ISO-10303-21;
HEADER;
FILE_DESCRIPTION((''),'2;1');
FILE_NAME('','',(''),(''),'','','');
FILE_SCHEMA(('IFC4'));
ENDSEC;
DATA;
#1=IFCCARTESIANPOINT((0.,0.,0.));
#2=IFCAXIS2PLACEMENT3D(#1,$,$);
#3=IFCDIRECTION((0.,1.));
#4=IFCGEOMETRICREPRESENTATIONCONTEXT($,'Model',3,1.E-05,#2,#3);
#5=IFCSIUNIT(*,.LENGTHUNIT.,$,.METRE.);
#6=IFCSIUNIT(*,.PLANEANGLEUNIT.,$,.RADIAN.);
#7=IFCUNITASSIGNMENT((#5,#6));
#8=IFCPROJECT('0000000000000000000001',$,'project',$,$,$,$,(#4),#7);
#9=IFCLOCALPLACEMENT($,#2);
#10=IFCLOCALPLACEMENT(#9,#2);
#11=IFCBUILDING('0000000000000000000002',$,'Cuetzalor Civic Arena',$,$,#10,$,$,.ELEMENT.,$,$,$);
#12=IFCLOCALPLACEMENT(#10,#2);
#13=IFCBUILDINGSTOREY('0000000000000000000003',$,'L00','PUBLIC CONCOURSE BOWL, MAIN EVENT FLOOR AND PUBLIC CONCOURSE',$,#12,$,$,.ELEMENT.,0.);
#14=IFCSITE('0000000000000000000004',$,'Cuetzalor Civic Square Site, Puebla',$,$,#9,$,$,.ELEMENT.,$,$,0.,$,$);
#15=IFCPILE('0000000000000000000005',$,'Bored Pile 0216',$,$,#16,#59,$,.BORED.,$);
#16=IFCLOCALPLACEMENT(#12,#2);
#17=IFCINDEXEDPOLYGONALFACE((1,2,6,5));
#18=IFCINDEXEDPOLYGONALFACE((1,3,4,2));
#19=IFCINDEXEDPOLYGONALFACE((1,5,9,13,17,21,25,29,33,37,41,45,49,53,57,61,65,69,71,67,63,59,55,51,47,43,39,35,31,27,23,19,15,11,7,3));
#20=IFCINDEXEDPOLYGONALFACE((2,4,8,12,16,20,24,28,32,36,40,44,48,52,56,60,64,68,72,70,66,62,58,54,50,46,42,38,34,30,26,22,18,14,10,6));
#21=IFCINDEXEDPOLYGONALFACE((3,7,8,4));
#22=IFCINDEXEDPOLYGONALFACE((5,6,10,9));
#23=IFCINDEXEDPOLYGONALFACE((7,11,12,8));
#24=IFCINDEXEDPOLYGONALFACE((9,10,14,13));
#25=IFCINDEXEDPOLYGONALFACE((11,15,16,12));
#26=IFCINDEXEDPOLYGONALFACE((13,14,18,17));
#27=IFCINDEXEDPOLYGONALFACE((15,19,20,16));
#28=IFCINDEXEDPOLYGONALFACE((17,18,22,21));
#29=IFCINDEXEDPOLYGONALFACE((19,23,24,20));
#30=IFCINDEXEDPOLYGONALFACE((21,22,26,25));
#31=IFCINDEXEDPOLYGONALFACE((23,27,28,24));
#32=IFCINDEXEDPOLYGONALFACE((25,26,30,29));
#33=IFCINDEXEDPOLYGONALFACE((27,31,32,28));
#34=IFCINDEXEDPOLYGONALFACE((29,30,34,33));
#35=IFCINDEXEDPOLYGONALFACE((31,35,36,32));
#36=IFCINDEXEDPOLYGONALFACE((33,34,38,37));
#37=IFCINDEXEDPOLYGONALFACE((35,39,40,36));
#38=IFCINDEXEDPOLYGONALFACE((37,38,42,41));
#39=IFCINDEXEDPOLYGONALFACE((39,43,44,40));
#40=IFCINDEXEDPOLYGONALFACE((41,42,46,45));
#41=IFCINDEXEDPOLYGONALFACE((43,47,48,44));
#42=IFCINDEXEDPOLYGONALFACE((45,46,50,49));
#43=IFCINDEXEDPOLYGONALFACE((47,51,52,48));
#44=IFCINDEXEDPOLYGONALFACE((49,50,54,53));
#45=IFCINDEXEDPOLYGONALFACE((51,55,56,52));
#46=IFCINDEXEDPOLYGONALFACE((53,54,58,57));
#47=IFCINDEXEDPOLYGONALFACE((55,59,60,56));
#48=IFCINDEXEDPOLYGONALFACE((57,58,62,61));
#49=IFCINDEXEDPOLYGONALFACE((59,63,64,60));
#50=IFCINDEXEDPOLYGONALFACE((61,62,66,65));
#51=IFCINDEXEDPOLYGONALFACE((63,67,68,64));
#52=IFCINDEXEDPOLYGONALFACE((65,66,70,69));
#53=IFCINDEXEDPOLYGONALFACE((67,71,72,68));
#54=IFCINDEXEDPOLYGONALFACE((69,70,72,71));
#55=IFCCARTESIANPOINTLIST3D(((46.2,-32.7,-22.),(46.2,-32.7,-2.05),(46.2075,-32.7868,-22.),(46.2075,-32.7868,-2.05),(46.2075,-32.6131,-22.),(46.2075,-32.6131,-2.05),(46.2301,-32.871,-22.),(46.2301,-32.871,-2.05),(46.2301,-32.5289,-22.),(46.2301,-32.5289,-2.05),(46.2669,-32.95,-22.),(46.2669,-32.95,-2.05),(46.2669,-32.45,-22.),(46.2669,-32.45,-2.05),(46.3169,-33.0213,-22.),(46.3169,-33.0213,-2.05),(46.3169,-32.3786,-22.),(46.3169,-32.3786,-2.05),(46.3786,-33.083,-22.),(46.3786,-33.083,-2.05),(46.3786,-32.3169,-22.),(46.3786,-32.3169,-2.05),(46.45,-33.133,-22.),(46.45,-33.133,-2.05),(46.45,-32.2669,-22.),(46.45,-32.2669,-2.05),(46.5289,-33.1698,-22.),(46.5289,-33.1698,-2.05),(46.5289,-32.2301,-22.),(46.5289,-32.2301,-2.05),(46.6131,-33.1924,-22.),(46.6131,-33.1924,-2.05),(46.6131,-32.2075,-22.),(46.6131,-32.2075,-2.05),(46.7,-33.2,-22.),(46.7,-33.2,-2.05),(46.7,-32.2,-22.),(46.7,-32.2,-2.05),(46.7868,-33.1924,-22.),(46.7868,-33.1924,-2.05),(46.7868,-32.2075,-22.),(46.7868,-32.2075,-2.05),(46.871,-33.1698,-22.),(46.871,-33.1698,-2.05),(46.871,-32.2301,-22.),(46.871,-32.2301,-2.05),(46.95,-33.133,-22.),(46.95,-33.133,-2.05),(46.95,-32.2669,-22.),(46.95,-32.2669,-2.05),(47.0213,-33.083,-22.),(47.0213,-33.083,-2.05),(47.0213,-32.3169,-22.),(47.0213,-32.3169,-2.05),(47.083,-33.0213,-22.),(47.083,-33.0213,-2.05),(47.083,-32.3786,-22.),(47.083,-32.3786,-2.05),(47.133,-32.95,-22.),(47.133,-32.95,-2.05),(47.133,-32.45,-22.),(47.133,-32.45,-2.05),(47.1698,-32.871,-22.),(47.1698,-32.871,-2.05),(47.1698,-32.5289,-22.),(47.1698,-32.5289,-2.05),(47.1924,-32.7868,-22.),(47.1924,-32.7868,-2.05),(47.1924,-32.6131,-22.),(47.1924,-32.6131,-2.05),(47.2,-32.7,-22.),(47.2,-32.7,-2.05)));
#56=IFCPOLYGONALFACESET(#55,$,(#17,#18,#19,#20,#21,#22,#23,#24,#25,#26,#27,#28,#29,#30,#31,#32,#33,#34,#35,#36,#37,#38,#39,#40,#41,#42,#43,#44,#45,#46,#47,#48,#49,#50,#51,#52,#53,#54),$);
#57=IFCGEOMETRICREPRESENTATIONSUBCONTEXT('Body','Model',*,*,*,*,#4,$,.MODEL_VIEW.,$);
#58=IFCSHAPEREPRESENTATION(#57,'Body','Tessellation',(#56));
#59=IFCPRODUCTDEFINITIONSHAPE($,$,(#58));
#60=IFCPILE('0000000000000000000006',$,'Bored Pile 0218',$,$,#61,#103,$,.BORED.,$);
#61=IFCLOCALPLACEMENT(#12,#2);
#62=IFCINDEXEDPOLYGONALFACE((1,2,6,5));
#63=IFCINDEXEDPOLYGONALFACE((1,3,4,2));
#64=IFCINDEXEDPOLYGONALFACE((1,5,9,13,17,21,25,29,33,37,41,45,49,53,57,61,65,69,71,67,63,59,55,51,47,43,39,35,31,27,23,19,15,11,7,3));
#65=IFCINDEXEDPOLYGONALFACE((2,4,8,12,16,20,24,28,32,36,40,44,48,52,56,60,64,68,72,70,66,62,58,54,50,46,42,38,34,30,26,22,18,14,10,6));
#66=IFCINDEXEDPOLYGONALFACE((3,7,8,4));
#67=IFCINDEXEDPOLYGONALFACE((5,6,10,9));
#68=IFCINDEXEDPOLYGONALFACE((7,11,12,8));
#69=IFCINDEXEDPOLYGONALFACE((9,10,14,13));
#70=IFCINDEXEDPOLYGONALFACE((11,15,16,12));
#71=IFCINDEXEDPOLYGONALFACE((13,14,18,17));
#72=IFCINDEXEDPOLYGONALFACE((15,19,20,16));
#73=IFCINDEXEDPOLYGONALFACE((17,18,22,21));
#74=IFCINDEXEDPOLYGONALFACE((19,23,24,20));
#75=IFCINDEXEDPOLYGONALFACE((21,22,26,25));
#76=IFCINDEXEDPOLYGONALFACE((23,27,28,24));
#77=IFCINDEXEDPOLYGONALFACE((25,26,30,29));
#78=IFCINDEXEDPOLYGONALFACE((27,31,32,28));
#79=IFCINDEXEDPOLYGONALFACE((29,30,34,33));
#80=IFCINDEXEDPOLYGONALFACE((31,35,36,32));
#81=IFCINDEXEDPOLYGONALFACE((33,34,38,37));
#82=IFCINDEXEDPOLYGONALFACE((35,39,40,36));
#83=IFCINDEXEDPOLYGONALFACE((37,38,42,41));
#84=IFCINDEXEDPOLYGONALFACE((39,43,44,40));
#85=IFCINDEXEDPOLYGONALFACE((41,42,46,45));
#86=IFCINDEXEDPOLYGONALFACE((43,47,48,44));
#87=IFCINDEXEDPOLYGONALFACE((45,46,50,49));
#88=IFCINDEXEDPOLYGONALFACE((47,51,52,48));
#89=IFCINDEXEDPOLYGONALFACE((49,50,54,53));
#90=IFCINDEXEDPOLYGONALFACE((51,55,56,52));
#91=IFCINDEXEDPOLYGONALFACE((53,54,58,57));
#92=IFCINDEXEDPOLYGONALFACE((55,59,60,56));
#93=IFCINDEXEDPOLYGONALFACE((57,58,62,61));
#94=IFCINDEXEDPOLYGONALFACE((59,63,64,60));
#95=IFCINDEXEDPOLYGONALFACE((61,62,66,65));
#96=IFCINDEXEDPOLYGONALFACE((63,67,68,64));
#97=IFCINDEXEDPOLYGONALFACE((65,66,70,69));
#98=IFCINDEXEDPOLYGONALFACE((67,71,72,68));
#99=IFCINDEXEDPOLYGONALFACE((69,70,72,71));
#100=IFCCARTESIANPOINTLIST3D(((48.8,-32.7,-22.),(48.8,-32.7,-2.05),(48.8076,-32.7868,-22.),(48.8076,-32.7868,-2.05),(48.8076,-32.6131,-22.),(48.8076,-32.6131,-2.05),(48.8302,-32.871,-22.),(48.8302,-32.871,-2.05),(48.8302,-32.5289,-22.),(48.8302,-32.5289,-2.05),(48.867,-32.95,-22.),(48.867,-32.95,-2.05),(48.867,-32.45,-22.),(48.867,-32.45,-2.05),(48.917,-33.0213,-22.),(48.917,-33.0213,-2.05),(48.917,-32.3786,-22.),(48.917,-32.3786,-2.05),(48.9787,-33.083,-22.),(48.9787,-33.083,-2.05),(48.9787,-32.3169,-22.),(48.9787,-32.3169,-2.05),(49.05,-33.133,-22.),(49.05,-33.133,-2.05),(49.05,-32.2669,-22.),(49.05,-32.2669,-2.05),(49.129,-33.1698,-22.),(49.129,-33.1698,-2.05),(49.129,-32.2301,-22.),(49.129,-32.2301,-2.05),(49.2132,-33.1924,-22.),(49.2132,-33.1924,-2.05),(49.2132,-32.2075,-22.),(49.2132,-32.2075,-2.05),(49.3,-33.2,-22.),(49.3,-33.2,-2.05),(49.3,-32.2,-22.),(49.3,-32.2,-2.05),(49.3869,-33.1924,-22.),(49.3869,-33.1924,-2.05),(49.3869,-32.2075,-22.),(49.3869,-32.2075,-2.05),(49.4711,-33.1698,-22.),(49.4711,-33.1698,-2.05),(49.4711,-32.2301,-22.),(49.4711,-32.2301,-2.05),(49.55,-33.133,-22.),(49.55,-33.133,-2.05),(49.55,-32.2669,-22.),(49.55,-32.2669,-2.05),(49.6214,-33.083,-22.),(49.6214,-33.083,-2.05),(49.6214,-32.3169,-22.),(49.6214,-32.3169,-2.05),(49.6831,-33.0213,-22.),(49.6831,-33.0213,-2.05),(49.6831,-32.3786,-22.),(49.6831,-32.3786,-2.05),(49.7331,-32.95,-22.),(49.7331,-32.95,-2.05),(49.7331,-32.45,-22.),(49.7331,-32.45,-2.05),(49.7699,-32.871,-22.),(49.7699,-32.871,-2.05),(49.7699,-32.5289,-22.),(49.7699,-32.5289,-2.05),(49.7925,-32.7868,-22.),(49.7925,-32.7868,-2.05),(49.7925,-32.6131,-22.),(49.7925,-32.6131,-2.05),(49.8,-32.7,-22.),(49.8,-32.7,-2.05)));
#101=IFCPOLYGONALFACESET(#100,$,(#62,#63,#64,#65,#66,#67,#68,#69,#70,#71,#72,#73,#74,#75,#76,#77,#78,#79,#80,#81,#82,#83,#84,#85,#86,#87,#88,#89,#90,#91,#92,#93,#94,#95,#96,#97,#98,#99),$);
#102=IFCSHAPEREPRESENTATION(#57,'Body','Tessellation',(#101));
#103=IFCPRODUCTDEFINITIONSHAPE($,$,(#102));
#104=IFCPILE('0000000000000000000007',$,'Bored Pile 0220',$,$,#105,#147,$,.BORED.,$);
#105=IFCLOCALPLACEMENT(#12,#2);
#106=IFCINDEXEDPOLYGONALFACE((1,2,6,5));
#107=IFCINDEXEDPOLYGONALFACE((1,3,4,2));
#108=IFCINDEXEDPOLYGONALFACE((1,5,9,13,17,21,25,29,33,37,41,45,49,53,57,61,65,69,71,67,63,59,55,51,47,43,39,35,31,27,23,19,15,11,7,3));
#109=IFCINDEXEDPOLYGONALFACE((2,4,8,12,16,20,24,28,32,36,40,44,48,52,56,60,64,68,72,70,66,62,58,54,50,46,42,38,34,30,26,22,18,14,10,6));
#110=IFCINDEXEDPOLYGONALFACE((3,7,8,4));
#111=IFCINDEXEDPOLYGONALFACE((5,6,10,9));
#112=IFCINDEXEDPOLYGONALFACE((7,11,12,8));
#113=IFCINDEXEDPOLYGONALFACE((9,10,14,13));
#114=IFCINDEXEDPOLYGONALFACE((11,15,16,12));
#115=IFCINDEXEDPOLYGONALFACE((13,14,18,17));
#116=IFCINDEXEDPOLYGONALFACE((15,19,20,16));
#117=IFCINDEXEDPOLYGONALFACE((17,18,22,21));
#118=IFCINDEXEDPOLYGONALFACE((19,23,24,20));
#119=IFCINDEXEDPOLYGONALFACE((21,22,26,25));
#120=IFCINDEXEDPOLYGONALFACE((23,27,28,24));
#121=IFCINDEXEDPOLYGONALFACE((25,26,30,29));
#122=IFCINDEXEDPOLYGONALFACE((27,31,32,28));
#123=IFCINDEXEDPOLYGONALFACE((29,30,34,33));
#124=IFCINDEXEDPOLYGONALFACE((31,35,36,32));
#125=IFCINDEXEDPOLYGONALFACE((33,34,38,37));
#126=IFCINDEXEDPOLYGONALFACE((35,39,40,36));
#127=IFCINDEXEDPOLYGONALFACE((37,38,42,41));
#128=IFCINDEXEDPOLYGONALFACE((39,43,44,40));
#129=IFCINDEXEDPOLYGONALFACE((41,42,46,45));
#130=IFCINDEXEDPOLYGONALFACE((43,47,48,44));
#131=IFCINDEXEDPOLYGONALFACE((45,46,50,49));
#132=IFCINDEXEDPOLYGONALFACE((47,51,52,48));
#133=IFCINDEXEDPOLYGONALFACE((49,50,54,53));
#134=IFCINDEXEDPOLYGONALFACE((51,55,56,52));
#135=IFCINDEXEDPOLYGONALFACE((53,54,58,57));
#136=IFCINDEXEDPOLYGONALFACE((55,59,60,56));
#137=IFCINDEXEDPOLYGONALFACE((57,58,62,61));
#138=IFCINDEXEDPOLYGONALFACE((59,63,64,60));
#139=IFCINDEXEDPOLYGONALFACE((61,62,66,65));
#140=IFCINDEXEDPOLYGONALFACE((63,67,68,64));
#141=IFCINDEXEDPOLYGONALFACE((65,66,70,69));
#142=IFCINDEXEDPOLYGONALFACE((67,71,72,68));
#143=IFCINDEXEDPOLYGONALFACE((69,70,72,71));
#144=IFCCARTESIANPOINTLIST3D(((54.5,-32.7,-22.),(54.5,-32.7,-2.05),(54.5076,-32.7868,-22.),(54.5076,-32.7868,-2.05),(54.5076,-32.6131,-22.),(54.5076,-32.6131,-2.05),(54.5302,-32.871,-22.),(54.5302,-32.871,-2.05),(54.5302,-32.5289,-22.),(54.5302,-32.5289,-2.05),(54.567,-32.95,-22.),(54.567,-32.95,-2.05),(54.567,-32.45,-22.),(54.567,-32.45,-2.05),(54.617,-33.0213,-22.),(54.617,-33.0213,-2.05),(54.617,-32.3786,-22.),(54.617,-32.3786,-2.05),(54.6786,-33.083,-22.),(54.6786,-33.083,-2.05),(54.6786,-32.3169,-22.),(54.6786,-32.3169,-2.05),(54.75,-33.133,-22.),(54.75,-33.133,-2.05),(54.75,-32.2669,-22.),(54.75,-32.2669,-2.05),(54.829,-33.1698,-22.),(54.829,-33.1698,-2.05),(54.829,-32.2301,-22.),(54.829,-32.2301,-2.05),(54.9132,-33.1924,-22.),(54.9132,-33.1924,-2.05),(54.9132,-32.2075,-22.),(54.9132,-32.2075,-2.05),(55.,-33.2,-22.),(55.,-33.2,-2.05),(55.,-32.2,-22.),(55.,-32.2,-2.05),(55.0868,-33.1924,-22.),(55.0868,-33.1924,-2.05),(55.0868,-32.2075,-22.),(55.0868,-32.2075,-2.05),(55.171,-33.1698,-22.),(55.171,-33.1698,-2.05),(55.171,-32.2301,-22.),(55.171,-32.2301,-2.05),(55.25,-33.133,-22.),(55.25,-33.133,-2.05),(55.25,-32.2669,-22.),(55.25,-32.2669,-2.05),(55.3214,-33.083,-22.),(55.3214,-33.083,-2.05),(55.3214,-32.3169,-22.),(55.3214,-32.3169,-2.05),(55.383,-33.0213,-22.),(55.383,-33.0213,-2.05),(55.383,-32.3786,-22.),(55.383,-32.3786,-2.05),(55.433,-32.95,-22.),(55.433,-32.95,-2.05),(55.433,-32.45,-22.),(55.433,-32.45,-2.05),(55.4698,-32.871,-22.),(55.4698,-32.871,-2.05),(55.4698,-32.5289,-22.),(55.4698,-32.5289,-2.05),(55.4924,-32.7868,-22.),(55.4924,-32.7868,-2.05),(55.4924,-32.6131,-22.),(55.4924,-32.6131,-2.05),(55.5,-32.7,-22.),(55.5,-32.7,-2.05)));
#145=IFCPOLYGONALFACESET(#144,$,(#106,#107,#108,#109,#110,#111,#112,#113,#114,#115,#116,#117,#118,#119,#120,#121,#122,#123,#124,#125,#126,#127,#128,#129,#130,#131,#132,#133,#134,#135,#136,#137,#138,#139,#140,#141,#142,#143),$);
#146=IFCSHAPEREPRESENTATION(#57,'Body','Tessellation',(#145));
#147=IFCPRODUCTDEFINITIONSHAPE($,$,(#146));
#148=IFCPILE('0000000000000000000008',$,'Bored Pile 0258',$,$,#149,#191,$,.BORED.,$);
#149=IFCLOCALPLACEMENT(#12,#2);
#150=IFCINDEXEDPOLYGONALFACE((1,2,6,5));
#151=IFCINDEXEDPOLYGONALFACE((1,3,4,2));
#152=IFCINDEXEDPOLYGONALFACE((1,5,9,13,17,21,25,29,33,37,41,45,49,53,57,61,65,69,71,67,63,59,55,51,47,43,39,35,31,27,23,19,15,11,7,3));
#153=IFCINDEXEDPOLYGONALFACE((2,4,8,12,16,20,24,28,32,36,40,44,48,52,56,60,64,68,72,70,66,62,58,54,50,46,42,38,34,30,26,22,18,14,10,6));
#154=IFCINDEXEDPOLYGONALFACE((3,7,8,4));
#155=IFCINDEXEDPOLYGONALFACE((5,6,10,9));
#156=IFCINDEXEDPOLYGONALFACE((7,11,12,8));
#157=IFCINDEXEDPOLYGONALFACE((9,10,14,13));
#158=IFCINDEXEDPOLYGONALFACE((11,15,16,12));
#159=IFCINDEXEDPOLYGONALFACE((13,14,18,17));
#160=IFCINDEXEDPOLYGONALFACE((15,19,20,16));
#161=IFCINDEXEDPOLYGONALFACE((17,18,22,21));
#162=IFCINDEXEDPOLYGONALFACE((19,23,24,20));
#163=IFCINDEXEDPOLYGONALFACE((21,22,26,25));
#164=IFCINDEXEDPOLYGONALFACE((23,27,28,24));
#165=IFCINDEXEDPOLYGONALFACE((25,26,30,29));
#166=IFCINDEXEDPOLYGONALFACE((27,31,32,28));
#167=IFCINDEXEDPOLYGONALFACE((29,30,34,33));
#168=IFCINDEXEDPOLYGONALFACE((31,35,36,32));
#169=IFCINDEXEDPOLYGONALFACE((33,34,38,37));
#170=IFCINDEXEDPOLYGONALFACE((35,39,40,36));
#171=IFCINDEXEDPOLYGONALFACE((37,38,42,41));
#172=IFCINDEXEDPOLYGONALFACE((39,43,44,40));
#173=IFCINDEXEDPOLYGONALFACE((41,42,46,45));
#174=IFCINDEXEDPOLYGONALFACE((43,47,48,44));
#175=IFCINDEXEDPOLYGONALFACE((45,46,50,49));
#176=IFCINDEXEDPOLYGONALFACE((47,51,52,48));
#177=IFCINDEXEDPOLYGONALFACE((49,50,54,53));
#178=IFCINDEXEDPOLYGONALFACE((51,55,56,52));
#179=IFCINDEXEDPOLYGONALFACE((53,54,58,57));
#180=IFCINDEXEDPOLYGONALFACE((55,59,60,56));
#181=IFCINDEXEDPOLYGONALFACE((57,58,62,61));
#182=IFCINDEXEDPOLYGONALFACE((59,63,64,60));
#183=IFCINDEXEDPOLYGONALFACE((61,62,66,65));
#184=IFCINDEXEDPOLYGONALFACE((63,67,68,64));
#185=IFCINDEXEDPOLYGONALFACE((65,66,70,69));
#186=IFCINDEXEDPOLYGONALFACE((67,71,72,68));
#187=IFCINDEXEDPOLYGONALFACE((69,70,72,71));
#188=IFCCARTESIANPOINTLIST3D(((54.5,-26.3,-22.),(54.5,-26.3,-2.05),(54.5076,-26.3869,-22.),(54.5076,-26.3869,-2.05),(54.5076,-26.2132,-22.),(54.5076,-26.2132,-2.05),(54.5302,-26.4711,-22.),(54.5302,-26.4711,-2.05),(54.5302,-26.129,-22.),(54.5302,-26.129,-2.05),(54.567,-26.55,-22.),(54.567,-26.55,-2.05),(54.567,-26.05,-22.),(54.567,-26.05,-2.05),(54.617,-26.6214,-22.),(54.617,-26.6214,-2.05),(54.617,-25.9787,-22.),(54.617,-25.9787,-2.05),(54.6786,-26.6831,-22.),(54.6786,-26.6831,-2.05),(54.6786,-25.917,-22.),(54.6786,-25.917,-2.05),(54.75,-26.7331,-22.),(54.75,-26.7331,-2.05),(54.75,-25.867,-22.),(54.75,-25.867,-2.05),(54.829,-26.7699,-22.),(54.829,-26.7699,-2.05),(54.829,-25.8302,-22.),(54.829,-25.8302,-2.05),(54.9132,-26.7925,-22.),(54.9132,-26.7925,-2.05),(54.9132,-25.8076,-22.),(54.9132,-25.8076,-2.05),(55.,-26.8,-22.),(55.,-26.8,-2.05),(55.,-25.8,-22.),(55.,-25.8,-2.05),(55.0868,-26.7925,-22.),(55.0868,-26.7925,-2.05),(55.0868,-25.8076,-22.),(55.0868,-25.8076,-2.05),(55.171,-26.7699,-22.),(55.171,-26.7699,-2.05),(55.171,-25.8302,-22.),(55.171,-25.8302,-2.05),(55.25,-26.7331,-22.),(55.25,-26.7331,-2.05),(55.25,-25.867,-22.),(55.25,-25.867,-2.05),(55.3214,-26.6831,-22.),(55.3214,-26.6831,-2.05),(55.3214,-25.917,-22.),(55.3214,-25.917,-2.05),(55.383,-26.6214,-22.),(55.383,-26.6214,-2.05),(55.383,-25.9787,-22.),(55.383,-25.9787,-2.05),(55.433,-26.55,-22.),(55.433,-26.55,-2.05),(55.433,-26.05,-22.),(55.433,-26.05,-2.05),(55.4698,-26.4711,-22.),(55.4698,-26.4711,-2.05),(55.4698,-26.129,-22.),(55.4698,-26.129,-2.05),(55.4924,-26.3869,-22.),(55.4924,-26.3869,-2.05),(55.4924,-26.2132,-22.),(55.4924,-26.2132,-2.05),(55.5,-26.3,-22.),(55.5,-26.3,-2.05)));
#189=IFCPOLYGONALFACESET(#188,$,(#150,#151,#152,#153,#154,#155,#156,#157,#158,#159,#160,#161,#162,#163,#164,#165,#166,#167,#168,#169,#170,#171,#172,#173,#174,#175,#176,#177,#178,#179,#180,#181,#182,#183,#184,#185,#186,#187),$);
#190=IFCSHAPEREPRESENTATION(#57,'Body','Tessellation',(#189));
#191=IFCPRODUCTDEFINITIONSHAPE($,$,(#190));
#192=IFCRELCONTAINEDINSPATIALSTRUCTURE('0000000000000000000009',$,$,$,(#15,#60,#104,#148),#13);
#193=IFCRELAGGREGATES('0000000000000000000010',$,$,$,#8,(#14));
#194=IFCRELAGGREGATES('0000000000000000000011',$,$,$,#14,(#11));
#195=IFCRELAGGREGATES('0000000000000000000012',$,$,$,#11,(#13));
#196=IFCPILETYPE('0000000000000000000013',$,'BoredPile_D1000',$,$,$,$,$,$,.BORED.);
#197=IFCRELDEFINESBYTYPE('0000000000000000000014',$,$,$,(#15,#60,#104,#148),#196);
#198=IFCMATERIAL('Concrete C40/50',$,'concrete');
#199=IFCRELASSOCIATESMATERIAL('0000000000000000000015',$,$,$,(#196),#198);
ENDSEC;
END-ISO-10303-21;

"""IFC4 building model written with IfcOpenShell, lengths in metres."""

from ifc_helpers import new_model, si_unit, direction, frame, origin, origin_2d, place, context, subcontext, project, spatial, circle, extrude, material, material_profile, profile_set, type_object, element, save


model = new_model("IFC4")

# Units and contexts
model_context = context("Model", 3, precision=1e-05, world=origin(), true_north=direction((0.0, 1.0)))
body_context = subcontext(model_context, "Body", "Model", "MODEL_VIEW")
ifc_project = project(units=[si_unit("LENGTHUNIT", "METRE"), si_unit("PLANEANGLEUNIT", "RADIAN")], contexts=[model_context])

# Site, building, storey
site_placement = place(None, origin())
site = spatial("IfcSite", under=ifc_project, at=site_placement, Name="Cuetzalor Civic Square Site, Puebla", CompositionType="ELEMENT", RefElevation=0.0)
building_placement = place(site_placement, origin())
building = spatial("IfcBuilding", under=site, at=building_placement, Name="Cuetzalor Civic Arena", CompositionType="ELEMENT")
storey_placement = place(building_placement, origin())
storey = spatial("IfcBuildingStorey", under=building, at=storey_placement, Name="L00", Description="PUBLIC CONCOURSE BOWL, MAIN EVENT FLOOR AND PUBLIC CONCOURSE", CompositionType="ELEMENT", Elevation=0.0)

# Piles
ifc_material_1 = material(Name="Concrete C40/50", Category="concrete")
ifc_material_profile_1 = material_profile(ifc_material_1, circle(Radius=0.5, at=origin_2d()), Name="BORED PILE D1000")
ifc_profile_set_1 = profile_set([ifc_material_profile_1], Name="Concrete C40/50")
pile_type_1 = type_object("IfcPileType", Name="BoredPile_D1000", PredefinedType="BORED", material=ifc_profile_set_1)
for number, where, z_axis, x_axis, name in (
    (1, (46.7, -32.7, -2.05), (0.0, 0.0, -1.0), (1.0, 0.0, 0.0), "Bored Pile 0216"),
    (2, (49.3, -32.7, -2.05), (0.0, 0.0, -1.0), (1.0, 0.0, 0.0), "Bored Pile 0218"),
    (3, (55.0, -32.7, -2.05), (0.0, 0.0, -1.0), (1.0, 0.0, 0.0), "Bored Pile 0220"),
    (4, (55.0, -26.3, -2.05), (0.0, 0.0, -1.0), (1.0, 0.0, 0.0), "Bored Pile 0258"),
):
    element("IfcPile", number, at=place(storey_placement, frame(where, z_axis=z_axis, x_axis=x_axis)), inside=storey, type_object=pile_type_1, Name=name, PredefinedType="BORED", context=body_context, shape_type="SweptSolid", body=[
        extrude(circle(Radius=0.5, at=origin_2d()), origin(), (0.0, 0.0, 1.0), 19.95),
    ])

save(model, "model.ifc")
